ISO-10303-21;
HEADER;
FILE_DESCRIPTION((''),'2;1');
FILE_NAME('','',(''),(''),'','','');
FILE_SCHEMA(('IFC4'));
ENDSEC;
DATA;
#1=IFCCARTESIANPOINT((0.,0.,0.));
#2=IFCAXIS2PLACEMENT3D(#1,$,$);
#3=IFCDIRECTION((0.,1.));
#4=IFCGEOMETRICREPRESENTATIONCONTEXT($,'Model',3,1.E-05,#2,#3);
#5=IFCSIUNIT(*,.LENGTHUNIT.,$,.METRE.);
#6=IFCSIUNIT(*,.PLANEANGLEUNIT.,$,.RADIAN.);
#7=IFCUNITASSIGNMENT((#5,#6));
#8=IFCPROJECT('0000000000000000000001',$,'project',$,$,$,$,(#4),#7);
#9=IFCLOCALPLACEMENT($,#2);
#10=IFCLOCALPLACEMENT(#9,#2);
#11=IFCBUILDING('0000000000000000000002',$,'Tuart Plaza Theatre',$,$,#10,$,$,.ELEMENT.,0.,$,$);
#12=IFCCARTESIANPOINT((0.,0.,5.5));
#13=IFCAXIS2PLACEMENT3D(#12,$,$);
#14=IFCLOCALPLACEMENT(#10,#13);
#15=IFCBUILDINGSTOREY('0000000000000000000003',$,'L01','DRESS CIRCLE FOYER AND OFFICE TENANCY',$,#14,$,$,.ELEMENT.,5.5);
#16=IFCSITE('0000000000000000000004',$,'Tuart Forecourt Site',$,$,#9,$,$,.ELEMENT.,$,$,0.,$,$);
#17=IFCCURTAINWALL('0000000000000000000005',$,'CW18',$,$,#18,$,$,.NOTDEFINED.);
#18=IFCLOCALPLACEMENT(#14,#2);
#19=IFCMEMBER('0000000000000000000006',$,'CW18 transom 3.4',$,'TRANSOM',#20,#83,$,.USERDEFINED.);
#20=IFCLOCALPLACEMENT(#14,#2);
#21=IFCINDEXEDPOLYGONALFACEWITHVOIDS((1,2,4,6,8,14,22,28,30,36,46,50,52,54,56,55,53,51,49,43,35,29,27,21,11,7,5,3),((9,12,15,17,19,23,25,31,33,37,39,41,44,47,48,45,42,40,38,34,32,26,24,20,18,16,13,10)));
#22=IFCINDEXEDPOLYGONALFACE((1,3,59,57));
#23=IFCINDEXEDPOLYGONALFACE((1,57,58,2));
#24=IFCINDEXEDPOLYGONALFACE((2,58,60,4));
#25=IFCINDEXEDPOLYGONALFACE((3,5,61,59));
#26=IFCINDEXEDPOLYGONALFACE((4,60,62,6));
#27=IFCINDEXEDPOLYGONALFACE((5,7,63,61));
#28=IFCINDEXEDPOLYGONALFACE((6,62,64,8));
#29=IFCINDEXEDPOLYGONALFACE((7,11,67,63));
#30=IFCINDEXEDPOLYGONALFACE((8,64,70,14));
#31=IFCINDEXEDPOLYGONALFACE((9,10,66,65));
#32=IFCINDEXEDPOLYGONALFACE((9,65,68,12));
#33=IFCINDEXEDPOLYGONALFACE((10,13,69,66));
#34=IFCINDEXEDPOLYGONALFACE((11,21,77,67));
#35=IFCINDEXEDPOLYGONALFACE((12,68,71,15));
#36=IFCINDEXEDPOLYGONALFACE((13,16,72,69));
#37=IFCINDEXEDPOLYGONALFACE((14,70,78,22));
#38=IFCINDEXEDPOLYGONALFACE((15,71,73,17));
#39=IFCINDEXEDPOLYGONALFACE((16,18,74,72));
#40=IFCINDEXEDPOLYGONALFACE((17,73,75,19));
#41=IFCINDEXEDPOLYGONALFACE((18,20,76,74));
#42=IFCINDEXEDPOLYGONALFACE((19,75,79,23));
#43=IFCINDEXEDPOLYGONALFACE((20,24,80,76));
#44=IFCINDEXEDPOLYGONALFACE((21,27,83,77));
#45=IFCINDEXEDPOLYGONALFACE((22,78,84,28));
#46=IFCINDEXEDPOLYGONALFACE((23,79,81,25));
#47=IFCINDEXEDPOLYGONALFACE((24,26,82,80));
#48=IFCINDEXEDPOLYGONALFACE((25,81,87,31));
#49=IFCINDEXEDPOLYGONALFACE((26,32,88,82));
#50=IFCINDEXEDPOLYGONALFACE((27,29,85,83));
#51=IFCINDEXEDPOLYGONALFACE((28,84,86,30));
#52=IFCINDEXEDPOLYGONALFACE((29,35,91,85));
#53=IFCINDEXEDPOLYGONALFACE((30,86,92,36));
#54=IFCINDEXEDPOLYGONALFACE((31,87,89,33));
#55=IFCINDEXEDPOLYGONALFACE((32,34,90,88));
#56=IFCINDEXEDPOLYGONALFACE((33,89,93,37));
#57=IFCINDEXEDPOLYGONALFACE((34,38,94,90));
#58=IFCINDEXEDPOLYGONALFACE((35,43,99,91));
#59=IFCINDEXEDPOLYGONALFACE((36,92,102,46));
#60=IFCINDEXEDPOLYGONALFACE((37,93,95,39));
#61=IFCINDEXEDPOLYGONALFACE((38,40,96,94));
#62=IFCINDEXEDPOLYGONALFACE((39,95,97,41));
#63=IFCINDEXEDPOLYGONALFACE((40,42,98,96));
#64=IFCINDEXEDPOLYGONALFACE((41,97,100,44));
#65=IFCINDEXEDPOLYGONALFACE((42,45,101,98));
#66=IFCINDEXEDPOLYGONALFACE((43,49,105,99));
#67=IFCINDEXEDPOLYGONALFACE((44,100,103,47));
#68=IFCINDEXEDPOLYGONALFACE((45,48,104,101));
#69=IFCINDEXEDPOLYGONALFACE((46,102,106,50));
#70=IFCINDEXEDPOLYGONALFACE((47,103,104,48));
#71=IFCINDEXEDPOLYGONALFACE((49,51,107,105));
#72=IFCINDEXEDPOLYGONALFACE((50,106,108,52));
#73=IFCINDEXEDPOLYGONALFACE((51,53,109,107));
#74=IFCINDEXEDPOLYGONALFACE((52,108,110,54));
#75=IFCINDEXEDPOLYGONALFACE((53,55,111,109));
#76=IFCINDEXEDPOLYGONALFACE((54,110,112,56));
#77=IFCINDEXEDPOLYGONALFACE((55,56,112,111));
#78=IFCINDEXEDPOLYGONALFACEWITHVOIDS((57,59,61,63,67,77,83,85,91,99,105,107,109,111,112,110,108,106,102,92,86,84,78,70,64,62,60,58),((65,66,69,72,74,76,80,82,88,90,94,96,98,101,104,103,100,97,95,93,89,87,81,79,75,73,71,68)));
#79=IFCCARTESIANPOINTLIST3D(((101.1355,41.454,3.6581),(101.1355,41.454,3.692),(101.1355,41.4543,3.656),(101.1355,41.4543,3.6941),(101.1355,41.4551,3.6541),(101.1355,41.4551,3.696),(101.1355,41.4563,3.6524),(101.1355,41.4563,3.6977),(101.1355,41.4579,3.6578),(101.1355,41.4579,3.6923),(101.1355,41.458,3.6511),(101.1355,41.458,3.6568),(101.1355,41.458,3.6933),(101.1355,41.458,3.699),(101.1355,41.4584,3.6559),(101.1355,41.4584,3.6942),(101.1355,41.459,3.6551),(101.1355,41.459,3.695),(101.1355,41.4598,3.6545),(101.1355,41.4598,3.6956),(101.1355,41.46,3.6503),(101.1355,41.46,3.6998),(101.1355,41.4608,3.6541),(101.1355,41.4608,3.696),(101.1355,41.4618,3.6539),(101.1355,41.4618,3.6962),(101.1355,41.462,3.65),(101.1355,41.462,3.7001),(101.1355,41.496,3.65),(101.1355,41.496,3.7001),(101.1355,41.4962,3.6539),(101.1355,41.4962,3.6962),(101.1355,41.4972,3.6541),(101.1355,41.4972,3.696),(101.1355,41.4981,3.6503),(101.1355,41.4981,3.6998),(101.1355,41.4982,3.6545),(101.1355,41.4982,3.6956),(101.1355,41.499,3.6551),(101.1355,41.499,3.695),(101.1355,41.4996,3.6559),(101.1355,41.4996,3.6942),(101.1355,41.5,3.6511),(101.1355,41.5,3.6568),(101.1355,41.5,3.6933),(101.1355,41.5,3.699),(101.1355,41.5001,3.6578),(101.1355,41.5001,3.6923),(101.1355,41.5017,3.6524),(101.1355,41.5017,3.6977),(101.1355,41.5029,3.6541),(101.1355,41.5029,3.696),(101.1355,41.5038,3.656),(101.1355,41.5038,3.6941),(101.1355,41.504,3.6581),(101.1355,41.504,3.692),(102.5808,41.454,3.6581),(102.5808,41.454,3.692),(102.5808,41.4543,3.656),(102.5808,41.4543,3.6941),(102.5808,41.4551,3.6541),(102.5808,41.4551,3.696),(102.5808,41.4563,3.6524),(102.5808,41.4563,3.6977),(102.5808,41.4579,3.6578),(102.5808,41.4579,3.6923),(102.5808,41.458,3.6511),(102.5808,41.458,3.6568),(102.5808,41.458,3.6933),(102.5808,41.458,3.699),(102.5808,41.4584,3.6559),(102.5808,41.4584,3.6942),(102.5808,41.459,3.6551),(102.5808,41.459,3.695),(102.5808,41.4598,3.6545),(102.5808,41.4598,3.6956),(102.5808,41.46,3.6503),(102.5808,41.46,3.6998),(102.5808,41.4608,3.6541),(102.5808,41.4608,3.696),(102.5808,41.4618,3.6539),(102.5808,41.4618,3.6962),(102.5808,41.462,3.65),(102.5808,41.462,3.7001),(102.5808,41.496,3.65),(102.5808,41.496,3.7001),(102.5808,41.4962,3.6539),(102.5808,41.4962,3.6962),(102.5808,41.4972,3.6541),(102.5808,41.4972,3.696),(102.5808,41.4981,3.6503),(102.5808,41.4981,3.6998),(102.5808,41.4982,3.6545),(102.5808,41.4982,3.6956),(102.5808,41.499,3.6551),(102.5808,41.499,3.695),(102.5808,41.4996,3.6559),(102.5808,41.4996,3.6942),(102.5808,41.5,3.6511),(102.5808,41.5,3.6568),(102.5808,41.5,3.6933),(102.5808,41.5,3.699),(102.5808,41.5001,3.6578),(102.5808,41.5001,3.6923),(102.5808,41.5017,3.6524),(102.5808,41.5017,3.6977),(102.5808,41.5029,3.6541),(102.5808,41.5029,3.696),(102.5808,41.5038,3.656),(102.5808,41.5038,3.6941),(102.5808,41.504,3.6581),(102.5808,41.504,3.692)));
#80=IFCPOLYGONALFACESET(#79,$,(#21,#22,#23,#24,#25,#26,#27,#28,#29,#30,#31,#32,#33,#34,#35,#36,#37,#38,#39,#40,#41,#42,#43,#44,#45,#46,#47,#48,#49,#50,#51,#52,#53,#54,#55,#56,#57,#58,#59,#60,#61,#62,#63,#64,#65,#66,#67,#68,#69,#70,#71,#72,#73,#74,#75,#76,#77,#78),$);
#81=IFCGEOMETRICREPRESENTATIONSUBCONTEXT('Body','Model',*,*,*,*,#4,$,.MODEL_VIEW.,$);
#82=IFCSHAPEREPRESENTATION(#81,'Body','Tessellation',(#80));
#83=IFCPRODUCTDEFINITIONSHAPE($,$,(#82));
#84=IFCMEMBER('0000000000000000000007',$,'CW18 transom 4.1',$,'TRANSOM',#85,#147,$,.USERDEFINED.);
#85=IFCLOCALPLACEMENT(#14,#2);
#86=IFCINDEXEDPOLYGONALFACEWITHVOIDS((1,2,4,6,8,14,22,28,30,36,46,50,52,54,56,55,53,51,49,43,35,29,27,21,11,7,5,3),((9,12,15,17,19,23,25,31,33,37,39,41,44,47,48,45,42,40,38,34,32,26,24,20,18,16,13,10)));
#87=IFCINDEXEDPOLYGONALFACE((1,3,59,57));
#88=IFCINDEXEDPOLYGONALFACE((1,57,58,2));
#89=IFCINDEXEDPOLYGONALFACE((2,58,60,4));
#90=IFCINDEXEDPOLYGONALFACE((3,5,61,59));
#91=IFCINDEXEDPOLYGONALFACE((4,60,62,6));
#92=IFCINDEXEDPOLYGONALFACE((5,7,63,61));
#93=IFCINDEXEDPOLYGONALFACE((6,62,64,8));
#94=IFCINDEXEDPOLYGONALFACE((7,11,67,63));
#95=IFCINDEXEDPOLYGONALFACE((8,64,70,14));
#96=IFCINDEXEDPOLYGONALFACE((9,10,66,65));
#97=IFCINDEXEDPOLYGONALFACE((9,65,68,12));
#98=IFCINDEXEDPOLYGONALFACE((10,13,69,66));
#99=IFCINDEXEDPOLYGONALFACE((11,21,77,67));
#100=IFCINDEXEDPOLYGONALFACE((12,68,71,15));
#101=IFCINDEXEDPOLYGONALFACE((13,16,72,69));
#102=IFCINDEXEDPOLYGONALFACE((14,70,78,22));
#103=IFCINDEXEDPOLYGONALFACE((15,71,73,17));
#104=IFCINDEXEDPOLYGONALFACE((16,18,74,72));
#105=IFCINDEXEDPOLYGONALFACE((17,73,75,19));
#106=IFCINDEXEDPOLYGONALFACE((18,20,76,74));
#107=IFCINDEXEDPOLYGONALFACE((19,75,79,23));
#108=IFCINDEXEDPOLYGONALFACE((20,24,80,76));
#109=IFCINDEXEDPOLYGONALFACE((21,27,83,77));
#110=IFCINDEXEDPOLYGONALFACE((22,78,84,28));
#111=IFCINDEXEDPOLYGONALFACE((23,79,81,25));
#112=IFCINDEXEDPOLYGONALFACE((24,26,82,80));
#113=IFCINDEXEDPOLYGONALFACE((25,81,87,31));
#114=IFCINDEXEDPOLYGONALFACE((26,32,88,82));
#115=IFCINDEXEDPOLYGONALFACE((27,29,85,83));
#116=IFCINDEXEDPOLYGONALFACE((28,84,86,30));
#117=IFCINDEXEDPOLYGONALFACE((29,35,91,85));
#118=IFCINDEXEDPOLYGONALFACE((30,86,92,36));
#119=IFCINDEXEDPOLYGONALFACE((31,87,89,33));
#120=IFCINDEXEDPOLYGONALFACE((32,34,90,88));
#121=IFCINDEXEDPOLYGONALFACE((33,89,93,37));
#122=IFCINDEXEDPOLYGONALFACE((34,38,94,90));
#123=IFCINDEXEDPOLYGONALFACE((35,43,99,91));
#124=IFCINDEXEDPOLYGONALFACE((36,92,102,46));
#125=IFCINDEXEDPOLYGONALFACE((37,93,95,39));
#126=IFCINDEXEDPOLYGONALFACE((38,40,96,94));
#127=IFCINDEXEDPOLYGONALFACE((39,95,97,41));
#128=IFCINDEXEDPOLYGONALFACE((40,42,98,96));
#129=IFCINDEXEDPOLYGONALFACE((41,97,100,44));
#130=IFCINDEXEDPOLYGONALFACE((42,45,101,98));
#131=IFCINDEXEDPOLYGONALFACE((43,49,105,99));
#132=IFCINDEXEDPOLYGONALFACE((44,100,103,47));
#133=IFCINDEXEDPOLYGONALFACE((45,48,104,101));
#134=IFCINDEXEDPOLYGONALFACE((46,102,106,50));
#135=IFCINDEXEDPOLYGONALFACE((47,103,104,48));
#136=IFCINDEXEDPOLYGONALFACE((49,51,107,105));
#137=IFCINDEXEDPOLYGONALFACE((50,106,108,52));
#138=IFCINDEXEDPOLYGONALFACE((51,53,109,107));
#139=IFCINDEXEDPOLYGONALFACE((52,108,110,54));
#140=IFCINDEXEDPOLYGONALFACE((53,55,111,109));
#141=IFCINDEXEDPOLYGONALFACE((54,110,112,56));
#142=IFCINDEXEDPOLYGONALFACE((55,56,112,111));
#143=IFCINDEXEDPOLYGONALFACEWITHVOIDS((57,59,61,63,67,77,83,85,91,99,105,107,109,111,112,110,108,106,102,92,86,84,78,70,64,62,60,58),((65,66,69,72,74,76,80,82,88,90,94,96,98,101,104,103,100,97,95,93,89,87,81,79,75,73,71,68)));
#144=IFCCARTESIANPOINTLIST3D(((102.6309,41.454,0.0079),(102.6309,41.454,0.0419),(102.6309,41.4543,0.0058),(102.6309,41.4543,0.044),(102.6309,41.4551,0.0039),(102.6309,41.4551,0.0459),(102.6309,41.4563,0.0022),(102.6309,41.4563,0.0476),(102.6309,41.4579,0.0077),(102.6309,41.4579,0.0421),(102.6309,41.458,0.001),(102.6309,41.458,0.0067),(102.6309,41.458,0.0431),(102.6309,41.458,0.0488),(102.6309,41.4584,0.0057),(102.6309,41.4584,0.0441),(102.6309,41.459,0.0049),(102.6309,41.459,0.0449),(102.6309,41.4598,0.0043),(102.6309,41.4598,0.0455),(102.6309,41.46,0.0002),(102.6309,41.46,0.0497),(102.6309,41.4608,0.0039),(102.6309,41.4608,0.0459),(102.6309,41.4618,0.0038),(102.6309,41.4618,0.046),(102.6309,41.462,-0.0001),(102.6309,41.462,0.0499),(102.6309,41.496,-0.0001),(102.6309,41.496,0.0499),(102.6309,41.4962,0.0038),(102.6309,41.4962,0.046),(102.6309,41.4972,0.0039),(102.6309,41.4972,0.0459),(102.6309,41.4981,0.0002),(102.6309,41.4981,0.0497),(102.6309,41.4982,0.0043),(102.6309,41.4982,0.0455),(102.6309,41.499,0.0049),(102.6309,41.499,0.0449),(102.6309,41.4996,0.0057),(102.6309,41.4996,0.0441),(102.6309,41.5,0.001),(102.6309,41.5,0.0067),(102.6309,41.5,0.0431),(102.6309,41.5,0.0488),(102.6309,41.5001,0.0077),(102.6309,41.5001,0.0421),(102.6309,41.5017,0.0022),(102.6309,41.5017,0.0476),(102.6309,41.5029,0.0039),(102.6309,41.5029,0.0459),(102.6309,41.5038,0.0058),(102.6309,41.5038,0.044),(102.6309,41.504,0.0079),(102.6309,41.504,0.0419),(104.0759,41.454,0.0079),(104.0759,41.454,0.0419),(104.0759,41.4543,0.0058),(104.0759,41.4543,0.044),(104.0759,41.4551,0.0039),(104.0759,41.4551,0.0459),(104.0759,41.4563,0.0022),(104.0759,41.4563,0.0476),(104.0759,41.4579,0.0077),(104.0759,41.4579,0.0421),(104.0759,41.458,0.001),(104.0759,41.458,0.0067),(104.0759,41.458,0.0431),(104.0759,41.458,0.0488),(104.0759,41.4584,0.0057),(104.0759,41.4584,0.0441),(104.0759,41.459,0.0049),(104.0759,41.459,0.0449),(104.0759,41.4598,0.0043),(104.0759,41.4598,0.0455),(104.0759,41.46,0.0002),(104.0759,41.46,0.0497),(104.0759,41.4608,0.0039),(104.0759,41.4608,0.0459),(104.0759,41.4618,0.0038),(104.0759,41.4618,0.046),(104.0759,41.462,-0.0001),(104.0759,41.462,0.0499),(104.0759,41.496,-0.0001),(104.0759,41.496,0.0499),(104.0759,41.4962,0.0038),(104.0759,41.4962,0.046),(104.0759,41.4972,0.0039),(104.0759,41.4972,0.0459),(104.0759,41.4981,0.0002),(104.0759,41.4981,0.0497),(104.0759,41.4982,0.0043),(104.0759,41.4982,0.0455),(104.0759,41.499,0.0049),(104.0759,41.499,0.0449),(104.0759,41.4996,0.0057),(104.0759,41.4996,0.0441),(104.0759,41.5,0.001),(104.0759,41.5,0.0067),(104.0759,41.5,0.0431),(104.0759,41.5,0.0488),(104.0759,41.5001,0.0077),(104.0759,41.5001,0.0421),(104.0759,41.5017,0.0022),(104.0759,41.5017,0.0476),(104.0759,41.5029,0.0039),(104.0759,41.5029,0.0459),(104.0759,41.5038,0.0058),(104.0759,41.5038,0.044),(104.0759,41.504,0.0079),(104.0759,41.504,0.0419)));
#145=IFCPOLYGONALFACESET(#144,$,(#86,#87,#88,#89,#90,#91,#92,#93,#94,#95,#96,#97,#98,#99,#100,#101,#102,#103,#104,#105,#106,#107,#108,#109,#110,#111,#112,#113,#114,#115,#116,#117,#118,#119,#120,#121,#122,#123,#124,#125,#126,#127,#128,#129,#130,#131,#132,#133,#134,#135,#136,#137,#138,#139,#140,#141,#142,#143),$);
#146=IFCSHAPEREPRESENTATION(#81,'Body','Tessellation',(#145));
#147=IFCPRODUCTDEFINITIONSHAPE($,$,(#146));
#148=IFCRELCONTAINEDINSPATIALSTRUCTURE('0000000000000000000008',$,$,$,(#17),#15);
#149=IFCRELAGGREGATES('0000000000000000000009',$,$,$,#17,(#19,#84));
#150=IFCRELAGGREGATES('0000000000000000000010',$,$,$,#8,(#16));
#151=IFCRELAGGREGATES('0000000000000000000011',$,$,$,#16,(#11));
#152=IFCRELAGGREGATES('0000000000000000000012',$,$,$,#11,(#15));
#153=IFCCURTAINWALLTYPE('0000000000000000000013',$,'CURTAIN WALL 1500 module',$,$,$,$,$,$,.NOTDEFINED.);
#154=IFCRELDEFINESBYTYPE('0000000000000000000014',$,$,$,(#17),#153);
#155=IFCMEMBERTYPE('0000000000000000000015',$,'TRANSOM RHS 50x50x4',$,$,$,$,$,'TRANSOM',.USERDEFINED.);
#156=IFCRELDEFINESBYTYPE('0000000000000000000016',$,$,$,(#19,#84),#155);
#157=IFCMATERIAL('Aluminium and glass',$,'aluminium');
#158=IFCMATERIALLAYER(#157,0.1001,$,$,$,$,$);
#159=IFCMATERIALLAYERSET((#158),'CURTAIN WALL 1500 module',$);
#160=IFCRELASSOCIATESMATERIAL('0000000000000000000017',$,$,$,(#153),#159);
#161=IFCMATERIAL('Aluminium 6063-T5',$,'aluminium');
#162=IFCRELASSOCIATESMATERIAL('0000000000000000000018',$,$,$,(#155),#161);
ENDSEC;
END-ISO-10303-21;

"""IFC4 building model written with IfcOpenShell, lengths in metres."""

from ifc_helpers import new_model, si_unit, direction, frame, origin, origin_2d, place, context, subcontext, project, spatial, hollow_rectangle, extrude, material, layer, layer_set, material_profile, profile_set, type_object, element, aggregate, save


model = new_model("IFC4")

# Units and contexts
model_context = context("Model", 3, precision=1e-05, world=origin(), true_north=direction((0.0, 1.0)))
body_context = subcontext(model_context, "Body", "Model", "MODEL_VIEW")
ifc_project = project(units=[si_unit("LENGTHUNIT", "METRE"), si_unit("PLANEANGLEUNIT", "RADIAN")], contexts=[model_context])

# Site, building, storey
site_placement = place(None, origin())
site = spatial("IfcSite", under=ifc_project, at=site_placement, Name="Tuart Forecourt Site", CompositionType="ELEMENT", RefElevation=0.0)
building_placement = place(site_placement, origin())
building = spatial("IfcBuilding", under=site, at=building_placement, Name="Tuart Plaza Theatre", CompositionType="ELEMENT", ElevationOfRefHeight=0.0)
storey_placement = place(building_placement, frame((0.0, 0.0, 5.5)))
storey = spatial("IfcBuildingStorey", under=building, at=storey_placement, Name="L01", Description="DRESS CIRCLE FOYER AND OFFICE TENANCY", CompositionType="ELEMENT", Elevation=5.5)

# Curtain wall, members
ifc_material_1 = material(Name="Aluminium and glass", Category="aluminium")
ifc_layer_1 = layer(ifc_material_1, 0.1001)
ifc_layer_set_1 = layer_set([ifc_layer_1], Name="CURTAIN WALL 1500 module")
curtain_wall_type = type_object("IfcCurtainWallType", Name="CURTAIN WALL 1500 module", PredefinedType="NOTDEFINED", material=ifc_layer_set_1)
curtain_wall_placement = place(storey_placement, origin())
curtain_wall = element("IfcCurtainWall", 1, at=curtain_wall_placement, inside=storey, type_object=curtain_wall_type, Name="CW18", PredefinedType="NOTDEFINED")
ifc_material_2 = material(Name="Aluminium 6063-T5", Category="aluminium")
ifc_material_profile_1 = material_profile(ifc_material_2, hollow_rectangle(XDim=0.05, YDim=0.05, WallThickness=0.0039, InnerFilletRadius=0.0039, OuterFilletRadius=0.0081, at=origin_2d()), Name="RHS 50x50x4")
ifc_profile_set_1 = profile_set([ifc_material_profile_1], Name="Aluminium 6063-T5")
member_type_1 = type_object("IfcMemberType", Name="TRANSOM RHS 50x50x4", ElementType="TRANSOM", PredefinedType="USERDEFINED", material=ifc_profile_set_1)
member_1_placement = place(storey_placement, frame((101.1355, 41.479, 3.675), z_axis=(1.0, 0.0, 0.0), x_axis=(0.0, 1.0, 0.0)))
member_1 = element("IfcMember", 2, at=member_1_placement, type_object=member_type_1, Name="CW18 transom 3.4", ObjectType="TRANSOM", PredefinedType="USERDEFINED", context=body_context, shape_type="SweptSolid", body=[
    extrude(hollow_rectangle(XDim=0.05, YDim=0.05, WallThickness=0.0039, InnerFilletRadius=0.0039, OuterFilletRadius=0.0081, at=origin_2d()), origin(), (0.0, 0.0, 1.0), 1.4453),
])
member_2_placement = place(storey_placement, frame((102.6309, 41.479, 0.0249), z_axis=(1.0, 0.0, 0.0), x_axis=(0.0, 1.0, 0.0)))
member_2 = element("IfcMember", 3, at=member_2_placement, type_object=member_type_1, Name="CW18 transom 4.1", ObjectType="TRANSOM", PredefinedType="USERDEFINED", context=body_context, shape_type="SweptSolid", body=[
    extrude(hollow_rectangle(XDim=0.05, YDim=0.05, WallThickness=0.0039, InnerFilletRadius=0.0039, OuterFilletRadius=0.0081, at=origin_2d()), origin(), (0.0, 0.0, 1.0), 1.4451),
])
aggregate(curtain_wall, [member_1, member_2])

save(model, "model.ifc")
